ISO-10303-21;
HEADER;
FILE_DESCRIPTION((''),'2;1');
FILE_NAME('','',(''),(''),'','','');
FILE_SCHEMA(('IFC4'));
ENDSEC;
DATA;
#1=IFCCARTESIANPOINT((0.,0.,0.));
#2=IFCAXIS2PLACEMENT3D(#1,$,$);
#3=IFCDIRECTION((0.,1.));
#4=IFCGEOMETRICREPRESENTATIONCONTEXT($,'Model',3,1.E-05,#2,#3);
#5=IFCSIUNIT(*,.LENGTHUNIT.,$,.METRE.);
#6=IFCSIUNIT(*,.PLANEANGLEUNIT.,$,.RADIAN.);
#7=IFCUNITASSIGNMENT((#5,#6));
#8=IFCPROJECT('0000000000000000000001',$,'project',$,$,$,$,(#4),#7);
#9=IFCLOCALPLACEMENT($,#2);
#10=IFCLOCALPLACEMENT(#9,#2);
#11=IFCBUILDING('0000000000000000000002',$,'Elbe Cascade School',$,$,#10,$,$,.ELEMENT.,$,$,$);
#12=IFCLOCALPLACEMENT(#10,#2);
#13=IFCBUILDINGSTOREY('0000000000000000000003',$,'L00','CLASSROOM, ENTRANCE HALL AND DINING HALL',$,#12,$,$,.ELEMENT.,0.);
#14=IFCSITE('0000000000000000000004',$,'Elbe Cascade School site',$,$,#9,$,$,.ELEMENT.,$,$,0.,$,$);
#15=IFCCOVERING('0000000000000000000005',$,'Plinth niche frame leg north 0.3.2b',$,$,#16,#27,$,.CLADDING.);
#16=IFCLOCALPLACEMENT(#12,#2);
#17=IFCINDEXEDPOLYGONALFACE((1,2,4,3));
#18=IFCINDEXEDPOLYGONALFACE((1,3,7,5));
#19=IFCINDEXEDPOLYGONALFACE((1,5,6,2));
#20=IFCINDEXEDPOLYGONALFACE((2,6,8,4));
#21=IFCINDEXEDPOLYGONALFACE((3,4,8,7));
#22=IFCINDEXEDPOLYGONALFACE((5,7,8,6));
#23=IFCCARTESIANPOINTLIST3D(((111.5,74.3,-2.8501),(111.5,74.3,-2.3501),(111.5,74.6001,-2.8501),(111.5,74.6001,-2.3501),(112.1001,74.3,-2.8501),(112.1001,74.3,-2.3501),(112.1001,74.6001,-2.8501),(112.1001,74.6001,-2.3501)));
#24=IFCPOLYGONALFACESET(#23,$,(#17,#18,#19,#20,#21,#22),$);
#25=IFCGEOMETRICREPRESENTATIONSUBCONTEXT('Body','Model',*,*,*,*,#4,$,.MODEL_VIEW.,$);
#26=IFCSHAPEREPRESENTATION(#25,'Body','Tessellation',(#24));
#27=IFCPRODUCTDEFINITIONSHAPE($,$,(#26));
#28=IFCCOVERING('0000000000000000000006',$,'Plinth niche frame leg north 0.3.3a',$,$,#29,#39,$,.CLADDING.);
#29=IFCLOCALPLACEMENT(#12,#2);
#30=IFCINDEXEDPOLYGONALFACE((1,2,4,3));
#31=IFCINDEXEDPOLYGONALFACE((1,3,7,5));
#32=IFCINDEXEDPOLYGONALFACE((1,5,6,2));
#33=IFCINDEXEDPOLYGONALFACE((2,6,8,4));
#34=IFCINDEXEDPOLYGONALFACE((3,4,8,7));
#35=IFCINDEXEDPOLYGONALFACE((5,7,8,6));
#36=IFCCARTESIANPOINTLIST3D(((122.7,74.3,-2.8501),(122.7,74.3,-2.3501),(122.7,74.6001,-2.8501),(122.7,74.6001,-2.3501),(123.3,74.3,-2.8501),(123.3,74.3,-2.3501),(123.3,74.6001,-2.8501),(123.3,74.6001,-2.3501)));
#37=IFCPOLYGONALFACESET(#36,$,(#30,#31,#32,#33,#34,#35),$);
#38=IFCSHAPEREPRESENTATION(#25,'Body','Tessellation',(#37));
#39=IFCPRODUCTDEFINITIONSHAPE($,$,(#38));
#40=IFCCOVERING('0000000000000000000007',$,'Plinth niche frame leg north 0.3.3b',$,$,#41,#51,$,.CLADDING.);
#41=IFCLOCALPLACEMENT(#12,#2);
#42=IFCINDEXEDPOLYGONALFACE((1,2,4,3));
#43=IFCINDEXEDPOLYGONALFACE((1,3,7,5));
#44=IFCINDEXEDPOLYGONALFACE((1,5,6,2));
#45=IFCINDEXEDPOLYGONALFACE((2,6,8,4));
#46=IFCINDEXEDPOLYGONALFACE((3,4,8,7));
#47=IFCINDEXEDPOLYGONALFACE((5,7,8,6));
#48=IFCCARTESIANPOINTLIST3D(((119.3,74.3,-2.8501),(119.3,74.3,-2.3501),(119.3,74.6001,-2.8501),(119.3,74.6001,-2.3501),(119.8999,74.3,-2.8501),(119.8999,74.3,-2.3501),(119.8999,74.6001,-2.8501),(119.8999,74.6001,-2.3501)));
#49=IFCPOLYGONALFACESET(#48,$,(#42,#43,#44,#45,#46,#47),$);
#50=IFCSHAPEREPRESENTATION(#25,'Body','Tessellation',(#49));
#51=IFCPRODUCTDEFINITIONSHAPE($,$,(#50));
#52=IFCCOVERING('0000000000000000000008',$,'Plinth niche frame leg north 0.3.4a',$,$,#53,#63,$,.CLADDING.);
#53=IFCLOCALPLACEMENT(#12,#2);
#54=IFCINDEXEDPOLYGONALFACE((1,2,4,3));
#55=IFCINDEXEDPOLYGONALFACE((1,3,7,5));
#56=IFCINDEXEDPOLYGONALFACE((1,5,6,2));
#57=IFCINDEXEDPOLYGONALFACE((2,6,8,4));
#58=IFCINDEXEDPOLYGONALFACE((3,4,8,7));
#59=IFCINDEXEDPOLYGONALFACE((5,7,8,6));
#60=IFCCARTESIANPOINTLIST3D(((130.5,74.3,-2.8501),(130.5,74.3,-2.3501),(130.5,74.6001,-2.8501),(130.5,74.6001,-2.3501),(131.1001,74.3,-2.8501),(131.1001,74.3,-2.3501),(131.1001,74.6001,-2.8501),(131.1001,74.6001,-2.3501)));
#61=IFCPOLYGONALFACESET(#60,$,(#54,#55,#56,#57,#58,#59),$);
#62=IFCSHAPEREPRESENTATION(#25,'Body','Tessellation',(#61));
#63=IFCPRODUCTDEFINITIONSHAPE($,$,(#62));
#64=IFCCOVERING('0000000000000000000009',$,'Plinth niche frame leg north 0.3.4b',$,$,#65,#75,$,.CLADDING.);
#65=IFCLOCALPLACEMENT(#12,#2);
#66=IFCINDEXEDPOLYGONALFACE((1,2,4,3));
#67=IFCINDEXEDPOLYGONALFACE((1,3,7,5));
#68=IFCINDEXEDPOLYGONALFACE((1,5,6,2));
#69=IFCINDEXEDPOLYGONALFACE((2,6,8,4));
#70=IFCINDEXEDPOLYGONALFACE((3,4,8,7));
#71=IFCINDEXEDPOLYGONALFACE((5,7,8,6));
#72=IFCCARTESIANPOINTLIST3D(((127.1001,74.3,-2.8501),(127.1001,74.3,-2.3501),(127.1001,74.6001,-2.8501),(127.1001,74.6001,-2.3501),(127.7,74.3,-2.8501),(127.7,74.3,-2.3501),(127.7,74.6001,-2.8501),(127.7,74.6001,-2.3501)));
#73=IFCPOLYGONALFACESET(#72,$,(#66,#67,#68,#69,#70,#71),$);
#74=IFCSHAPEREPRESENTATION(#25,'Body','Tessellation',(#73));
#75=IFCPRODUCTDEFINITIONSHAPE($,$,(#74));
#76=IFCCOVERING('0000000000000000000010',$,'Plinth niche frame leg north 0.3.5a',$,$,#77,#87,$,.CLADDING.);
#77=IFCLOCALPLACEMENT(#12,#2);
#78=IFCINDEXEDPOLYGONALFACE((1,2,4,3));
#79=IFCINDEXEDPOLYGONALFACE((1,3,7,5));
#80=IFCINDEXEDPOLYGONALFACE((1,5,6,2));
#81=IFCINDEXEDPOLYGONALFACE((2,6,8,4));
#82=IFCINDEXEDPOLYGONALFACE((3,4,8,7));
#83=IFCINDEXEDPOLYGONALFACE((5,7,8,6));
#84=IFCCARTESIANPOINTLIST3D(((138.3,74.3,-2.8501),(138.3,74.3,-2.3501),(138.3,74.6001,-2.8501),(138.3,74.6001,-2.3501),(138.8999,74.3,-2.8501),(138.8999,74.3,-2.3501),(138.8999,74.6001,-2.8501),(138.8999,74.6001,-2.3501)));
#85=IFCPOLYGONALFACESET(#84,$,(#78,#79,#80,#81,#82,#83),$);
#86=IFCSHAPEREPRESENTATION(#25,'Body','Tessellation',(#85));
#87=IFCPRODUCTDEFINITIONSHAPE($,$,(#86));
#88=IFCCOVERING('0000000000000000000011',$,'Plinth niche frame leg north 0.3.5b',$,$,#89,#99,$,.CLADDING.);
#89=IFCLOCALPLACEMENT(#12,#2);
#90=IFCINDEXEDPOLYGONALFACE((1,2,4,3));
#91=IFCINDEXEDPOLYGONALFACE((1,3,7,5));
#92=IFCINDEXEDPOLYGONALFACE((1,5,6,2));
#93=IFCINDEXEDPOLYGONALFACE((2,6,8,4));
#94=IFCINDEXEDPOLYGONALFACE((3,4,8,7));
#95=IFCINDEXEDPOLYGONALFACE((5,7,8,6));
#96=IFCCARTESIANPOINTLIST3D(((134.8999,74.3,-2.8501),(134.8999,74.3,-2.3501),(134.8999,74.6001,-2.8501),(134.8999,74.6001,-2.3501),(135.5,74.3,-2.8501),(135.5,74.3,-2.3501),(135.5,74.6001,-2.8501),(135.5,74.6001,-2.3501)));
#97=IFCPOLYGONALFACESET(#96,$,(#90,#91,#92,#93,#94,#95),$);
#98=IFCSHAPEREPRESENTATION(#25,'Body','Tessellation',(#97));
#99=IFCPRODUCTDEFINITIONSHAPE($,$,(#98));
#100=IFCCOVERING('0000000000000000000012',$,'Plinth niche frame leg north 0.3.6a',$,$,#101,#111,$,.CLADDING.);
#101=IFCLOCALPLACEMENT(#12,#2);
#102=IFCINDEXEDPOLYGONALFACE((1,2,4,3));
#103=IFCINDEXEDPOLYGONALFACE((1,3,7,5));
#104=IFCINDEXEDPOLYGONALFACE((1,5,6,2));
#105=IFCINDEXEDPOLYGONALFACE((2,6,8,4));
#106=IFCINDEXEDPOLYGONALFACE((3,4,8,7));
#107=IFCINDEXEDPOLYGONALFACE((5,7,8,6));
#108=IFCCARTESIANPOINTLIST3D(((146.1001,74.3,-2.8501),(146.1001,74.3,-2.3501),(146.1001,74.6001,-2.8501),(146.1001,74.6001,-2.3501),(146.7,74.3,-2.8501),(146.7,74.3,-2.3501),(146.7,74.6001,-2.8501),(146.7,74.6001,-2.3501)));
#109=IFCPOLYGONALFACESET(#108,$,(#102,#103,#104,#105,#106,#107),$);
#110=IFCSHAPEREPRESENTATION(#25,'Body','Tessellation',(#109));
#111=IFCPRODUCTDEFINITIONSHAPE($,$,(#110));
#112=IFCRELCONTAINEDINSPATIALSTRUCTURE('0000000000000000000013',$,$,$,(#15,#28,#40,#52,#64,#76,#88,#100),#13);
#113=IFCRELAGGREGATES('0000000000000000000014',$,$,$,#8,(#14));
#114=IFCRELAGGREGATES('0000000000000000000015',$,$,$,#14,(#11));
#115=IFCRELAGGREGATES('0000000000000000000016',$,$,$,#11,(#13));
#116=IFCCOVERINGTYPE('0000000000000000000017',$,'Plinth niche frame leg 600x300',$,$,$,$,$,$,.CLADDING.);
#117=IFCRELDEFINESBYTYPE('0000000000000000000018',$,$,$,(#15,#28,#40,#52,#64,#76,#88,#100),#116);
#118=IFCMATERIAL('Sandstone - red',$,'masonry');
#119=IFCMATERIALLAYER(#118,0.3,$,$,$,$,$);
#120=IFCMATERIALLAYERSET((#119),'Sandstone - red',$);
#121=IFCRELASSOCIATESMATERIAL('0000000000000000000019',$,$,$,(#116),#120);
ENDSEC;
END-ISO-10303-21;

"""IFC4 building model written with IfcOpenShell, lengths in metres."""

from ifc_helpers import new_model, si_unit, direction, frame, origin, place, context, subcontext, project, spatial, polyline, outline, extrude, material, layer, layer_set, type_object, element, save


model = new_model("IFC4")

# Units and contexts
model_context = context("Model", 3, precision=1e-05, world=origin(), true_north=direction((0.0, 1.0)))
body_context = subcontext(model_context, "Body", "Model", "MODEL_VIEW")
ifc_project = project(units=[si_unit("LENGTHUNIT", "METRE"), si_unit("PLANEANGLEUNIT", "RADIAN")], contexts=[model_context])

# Site, building, storey
site_placement = place(None, origin())
site = spatial("IfcSite", under=ifc_project, at=site_placement, Name="Elbe Cascade School site", CompositionType="ELEMENT", RefElevation=0.0)
building_placement = place(site_placement, origin())
building = spatial("IfcBuilding", under=site, at=building_placement, Name="Elbe Cascade School", CompositionType="ELEMENT")
storey_placement = place(building_placement, origin())
storey = spatial("IfcBuildingStorey", under=building, at=storey_placement, Name="L00", Description="CLASSROOM, ENTRANCE HALL AND DINING HALL", CompositionType="ELEMENT", Elevation=0.0)

# Coverings
ifc_material = material(Name="Sandstone - red", Category="masonry")
ifc_layer = layer(ifc_material, 0.3)
ifc_layer_set = layer_set([ifc_layer], Name="Sandstone - red")
covering_type = type_object("IfcCoveringType", Name="Plinth niche frame leg 600x300", PredefinedType="CLADDING", material=ifc_layer_set)
covering_1_placement = place(storey_placement, frame((0.0, 0.0, -2.8501)))
element("IfcCovering", 1, at=covering_1_placement, inside=storey, type_object=covering_type, Name="Plinth niche frame leg north 0.3.2b", PredefinedType="CLADDING", context=body_context, shape_type="SweptSolid", body=[
    extrude(outline(polyline([(111.5, 74.3), (112.1001, 74.3), (112.1001, 74.6001), (111.5, 74.6001), (111.5, 74.3)])), origin(), (0.0, 0.0, 1.0), 0.5),
])
covering_2_placement = place(storey_placement, frame((0.0, 0.0, -2.8501)))
element("IfcCovering", 2, at=covering_2_placement, inside=storey, type_object=covering_type, Name="Plinth niche frame leg north 0.3.3a", PredefinedType="CLADDING", context=body_context, shape_type="SweptSolid", body=[
    extrude(outline(polyline([(122.7, 74.3), (123.3, 74.3), (123.3, 74.6001), (122.7, 74.6001), (122.7, 74.3)])), origin(), (0.0, 0.0, 1.0), 0.5),
])
covering_3_placement = place(storey_placement, frame((0.0, 0.0, -2.8501)))
element("IfcCovering", 3, at=covering_3_placement, inside=storey, type_object=covering_type, Name="Plinth niche frame leg north 0.3.3b", PredefinedType="CLADDING", context=body_context, shape_type="SweptSolid", body=[
    extrude(outline(polyline([(119.3, 74.3), (119.8999, 74.3), (119.8999, 74.6001), (119.3, 74.6001), (119.3, 74.3)])), origin(), (0.0, 0.0, 1.0), 0.5),
])
covering_4_placement = place(storey_placement, frame((0.0, 0.0, -2.8501)))
element("IfcCovering", 4, at=covering_4_placement, inside=storey, type_object=covering_type, Name="Plinth niche frame leg north 0.3.4a", PredefinedType="CLADDING", context=body_context, shape_type="SweptSolid", body=[
    extrude(outline(polyline([(130.5, 74.3), (131.1001, 74.3), (131.1001, 74.6001), (130.5, 74.6001), (130.5, 74.3)])), origin(), (0.0, 0.0, 1.0), 0.5),
])
covering_5_placement = place(storey_placement, frame((0.0, 0.0, -2.8501)))
element("IfcCovering", 5, at=covering_5_placement, inside=storey, type_object=covering_type, Name="Plinth niche frame leg north 0.3.4b", PredefinedType="CLADDING", context=body_context, shape_type="SweptSolid", body=[
    extrude(outline(polyline([(127.1001, 74.3), (127.7, 74.3), (127.7, 74.6001), (127.1001, 74.6001), (127.1001, 74.3)])), origin(), (0.0, 0.0, 1.0), 0.5),
])
covering_6_placement = place(storey_placement, frame((0.0, 0.0, -2.8501)))
element("IfcCovering", 6, at=covering_6_placement, inside=storey, type_object=covering_type, Name="Plinth niche frame leg north 0.3.5a", PredefinedType="CLADDING", context=body_context, shape_type="SweptSolid", body=[
    extrude(outline(polyline([(138.3, 74.3), (138.8999, 74.3), (138.8999, 74.6001), (138.3, 74.6001), (138.3, 74.3)])), origin(), (0.0, 0.0, 1.0), 0.5),
])
covering_7_placement = place(storey_placement, frame((0.0, 0.0, -2.8501)))
element("IfcCovering", 7, at=covering_7_placement, inside=storey, type_object=covering_type, Name="Plinth niche frame leg north 0.3.5b", PredefinedType="CLADDING", context=body_context, shape_type="SweptSolid", body=[
    extrude(outline(polyline([(134.8999, 74.3), (135.5, 74.3), (135.5, 74.6001), (134.8999, 74.6001), (134.8999, 74.3)])), origin(), (0.0, 0.0, 1.0), 0.5),
])
covering_8_placement = place(storey_placement, frame((0.0, 0.0, -2.8501)))
element("IfcCovering", 8, at=covering_8_placement, inside=storey, type_object=covering_type, Name="Plinth niche frame leg north 0.3.6a", PredefinedType="CLADDING", context=body_context, shape_type="SweptSolid", body=[
    extrude(outline(polyline([(146.1001, 74.3), (146.7, 74.3), (146.7, 74.6001), (146.1001, 74.6001), (146.1001, 74.3)])), origin(), (0.0, 0.0, 1.0), 0.5),
])

save(model, "model.ifc")
